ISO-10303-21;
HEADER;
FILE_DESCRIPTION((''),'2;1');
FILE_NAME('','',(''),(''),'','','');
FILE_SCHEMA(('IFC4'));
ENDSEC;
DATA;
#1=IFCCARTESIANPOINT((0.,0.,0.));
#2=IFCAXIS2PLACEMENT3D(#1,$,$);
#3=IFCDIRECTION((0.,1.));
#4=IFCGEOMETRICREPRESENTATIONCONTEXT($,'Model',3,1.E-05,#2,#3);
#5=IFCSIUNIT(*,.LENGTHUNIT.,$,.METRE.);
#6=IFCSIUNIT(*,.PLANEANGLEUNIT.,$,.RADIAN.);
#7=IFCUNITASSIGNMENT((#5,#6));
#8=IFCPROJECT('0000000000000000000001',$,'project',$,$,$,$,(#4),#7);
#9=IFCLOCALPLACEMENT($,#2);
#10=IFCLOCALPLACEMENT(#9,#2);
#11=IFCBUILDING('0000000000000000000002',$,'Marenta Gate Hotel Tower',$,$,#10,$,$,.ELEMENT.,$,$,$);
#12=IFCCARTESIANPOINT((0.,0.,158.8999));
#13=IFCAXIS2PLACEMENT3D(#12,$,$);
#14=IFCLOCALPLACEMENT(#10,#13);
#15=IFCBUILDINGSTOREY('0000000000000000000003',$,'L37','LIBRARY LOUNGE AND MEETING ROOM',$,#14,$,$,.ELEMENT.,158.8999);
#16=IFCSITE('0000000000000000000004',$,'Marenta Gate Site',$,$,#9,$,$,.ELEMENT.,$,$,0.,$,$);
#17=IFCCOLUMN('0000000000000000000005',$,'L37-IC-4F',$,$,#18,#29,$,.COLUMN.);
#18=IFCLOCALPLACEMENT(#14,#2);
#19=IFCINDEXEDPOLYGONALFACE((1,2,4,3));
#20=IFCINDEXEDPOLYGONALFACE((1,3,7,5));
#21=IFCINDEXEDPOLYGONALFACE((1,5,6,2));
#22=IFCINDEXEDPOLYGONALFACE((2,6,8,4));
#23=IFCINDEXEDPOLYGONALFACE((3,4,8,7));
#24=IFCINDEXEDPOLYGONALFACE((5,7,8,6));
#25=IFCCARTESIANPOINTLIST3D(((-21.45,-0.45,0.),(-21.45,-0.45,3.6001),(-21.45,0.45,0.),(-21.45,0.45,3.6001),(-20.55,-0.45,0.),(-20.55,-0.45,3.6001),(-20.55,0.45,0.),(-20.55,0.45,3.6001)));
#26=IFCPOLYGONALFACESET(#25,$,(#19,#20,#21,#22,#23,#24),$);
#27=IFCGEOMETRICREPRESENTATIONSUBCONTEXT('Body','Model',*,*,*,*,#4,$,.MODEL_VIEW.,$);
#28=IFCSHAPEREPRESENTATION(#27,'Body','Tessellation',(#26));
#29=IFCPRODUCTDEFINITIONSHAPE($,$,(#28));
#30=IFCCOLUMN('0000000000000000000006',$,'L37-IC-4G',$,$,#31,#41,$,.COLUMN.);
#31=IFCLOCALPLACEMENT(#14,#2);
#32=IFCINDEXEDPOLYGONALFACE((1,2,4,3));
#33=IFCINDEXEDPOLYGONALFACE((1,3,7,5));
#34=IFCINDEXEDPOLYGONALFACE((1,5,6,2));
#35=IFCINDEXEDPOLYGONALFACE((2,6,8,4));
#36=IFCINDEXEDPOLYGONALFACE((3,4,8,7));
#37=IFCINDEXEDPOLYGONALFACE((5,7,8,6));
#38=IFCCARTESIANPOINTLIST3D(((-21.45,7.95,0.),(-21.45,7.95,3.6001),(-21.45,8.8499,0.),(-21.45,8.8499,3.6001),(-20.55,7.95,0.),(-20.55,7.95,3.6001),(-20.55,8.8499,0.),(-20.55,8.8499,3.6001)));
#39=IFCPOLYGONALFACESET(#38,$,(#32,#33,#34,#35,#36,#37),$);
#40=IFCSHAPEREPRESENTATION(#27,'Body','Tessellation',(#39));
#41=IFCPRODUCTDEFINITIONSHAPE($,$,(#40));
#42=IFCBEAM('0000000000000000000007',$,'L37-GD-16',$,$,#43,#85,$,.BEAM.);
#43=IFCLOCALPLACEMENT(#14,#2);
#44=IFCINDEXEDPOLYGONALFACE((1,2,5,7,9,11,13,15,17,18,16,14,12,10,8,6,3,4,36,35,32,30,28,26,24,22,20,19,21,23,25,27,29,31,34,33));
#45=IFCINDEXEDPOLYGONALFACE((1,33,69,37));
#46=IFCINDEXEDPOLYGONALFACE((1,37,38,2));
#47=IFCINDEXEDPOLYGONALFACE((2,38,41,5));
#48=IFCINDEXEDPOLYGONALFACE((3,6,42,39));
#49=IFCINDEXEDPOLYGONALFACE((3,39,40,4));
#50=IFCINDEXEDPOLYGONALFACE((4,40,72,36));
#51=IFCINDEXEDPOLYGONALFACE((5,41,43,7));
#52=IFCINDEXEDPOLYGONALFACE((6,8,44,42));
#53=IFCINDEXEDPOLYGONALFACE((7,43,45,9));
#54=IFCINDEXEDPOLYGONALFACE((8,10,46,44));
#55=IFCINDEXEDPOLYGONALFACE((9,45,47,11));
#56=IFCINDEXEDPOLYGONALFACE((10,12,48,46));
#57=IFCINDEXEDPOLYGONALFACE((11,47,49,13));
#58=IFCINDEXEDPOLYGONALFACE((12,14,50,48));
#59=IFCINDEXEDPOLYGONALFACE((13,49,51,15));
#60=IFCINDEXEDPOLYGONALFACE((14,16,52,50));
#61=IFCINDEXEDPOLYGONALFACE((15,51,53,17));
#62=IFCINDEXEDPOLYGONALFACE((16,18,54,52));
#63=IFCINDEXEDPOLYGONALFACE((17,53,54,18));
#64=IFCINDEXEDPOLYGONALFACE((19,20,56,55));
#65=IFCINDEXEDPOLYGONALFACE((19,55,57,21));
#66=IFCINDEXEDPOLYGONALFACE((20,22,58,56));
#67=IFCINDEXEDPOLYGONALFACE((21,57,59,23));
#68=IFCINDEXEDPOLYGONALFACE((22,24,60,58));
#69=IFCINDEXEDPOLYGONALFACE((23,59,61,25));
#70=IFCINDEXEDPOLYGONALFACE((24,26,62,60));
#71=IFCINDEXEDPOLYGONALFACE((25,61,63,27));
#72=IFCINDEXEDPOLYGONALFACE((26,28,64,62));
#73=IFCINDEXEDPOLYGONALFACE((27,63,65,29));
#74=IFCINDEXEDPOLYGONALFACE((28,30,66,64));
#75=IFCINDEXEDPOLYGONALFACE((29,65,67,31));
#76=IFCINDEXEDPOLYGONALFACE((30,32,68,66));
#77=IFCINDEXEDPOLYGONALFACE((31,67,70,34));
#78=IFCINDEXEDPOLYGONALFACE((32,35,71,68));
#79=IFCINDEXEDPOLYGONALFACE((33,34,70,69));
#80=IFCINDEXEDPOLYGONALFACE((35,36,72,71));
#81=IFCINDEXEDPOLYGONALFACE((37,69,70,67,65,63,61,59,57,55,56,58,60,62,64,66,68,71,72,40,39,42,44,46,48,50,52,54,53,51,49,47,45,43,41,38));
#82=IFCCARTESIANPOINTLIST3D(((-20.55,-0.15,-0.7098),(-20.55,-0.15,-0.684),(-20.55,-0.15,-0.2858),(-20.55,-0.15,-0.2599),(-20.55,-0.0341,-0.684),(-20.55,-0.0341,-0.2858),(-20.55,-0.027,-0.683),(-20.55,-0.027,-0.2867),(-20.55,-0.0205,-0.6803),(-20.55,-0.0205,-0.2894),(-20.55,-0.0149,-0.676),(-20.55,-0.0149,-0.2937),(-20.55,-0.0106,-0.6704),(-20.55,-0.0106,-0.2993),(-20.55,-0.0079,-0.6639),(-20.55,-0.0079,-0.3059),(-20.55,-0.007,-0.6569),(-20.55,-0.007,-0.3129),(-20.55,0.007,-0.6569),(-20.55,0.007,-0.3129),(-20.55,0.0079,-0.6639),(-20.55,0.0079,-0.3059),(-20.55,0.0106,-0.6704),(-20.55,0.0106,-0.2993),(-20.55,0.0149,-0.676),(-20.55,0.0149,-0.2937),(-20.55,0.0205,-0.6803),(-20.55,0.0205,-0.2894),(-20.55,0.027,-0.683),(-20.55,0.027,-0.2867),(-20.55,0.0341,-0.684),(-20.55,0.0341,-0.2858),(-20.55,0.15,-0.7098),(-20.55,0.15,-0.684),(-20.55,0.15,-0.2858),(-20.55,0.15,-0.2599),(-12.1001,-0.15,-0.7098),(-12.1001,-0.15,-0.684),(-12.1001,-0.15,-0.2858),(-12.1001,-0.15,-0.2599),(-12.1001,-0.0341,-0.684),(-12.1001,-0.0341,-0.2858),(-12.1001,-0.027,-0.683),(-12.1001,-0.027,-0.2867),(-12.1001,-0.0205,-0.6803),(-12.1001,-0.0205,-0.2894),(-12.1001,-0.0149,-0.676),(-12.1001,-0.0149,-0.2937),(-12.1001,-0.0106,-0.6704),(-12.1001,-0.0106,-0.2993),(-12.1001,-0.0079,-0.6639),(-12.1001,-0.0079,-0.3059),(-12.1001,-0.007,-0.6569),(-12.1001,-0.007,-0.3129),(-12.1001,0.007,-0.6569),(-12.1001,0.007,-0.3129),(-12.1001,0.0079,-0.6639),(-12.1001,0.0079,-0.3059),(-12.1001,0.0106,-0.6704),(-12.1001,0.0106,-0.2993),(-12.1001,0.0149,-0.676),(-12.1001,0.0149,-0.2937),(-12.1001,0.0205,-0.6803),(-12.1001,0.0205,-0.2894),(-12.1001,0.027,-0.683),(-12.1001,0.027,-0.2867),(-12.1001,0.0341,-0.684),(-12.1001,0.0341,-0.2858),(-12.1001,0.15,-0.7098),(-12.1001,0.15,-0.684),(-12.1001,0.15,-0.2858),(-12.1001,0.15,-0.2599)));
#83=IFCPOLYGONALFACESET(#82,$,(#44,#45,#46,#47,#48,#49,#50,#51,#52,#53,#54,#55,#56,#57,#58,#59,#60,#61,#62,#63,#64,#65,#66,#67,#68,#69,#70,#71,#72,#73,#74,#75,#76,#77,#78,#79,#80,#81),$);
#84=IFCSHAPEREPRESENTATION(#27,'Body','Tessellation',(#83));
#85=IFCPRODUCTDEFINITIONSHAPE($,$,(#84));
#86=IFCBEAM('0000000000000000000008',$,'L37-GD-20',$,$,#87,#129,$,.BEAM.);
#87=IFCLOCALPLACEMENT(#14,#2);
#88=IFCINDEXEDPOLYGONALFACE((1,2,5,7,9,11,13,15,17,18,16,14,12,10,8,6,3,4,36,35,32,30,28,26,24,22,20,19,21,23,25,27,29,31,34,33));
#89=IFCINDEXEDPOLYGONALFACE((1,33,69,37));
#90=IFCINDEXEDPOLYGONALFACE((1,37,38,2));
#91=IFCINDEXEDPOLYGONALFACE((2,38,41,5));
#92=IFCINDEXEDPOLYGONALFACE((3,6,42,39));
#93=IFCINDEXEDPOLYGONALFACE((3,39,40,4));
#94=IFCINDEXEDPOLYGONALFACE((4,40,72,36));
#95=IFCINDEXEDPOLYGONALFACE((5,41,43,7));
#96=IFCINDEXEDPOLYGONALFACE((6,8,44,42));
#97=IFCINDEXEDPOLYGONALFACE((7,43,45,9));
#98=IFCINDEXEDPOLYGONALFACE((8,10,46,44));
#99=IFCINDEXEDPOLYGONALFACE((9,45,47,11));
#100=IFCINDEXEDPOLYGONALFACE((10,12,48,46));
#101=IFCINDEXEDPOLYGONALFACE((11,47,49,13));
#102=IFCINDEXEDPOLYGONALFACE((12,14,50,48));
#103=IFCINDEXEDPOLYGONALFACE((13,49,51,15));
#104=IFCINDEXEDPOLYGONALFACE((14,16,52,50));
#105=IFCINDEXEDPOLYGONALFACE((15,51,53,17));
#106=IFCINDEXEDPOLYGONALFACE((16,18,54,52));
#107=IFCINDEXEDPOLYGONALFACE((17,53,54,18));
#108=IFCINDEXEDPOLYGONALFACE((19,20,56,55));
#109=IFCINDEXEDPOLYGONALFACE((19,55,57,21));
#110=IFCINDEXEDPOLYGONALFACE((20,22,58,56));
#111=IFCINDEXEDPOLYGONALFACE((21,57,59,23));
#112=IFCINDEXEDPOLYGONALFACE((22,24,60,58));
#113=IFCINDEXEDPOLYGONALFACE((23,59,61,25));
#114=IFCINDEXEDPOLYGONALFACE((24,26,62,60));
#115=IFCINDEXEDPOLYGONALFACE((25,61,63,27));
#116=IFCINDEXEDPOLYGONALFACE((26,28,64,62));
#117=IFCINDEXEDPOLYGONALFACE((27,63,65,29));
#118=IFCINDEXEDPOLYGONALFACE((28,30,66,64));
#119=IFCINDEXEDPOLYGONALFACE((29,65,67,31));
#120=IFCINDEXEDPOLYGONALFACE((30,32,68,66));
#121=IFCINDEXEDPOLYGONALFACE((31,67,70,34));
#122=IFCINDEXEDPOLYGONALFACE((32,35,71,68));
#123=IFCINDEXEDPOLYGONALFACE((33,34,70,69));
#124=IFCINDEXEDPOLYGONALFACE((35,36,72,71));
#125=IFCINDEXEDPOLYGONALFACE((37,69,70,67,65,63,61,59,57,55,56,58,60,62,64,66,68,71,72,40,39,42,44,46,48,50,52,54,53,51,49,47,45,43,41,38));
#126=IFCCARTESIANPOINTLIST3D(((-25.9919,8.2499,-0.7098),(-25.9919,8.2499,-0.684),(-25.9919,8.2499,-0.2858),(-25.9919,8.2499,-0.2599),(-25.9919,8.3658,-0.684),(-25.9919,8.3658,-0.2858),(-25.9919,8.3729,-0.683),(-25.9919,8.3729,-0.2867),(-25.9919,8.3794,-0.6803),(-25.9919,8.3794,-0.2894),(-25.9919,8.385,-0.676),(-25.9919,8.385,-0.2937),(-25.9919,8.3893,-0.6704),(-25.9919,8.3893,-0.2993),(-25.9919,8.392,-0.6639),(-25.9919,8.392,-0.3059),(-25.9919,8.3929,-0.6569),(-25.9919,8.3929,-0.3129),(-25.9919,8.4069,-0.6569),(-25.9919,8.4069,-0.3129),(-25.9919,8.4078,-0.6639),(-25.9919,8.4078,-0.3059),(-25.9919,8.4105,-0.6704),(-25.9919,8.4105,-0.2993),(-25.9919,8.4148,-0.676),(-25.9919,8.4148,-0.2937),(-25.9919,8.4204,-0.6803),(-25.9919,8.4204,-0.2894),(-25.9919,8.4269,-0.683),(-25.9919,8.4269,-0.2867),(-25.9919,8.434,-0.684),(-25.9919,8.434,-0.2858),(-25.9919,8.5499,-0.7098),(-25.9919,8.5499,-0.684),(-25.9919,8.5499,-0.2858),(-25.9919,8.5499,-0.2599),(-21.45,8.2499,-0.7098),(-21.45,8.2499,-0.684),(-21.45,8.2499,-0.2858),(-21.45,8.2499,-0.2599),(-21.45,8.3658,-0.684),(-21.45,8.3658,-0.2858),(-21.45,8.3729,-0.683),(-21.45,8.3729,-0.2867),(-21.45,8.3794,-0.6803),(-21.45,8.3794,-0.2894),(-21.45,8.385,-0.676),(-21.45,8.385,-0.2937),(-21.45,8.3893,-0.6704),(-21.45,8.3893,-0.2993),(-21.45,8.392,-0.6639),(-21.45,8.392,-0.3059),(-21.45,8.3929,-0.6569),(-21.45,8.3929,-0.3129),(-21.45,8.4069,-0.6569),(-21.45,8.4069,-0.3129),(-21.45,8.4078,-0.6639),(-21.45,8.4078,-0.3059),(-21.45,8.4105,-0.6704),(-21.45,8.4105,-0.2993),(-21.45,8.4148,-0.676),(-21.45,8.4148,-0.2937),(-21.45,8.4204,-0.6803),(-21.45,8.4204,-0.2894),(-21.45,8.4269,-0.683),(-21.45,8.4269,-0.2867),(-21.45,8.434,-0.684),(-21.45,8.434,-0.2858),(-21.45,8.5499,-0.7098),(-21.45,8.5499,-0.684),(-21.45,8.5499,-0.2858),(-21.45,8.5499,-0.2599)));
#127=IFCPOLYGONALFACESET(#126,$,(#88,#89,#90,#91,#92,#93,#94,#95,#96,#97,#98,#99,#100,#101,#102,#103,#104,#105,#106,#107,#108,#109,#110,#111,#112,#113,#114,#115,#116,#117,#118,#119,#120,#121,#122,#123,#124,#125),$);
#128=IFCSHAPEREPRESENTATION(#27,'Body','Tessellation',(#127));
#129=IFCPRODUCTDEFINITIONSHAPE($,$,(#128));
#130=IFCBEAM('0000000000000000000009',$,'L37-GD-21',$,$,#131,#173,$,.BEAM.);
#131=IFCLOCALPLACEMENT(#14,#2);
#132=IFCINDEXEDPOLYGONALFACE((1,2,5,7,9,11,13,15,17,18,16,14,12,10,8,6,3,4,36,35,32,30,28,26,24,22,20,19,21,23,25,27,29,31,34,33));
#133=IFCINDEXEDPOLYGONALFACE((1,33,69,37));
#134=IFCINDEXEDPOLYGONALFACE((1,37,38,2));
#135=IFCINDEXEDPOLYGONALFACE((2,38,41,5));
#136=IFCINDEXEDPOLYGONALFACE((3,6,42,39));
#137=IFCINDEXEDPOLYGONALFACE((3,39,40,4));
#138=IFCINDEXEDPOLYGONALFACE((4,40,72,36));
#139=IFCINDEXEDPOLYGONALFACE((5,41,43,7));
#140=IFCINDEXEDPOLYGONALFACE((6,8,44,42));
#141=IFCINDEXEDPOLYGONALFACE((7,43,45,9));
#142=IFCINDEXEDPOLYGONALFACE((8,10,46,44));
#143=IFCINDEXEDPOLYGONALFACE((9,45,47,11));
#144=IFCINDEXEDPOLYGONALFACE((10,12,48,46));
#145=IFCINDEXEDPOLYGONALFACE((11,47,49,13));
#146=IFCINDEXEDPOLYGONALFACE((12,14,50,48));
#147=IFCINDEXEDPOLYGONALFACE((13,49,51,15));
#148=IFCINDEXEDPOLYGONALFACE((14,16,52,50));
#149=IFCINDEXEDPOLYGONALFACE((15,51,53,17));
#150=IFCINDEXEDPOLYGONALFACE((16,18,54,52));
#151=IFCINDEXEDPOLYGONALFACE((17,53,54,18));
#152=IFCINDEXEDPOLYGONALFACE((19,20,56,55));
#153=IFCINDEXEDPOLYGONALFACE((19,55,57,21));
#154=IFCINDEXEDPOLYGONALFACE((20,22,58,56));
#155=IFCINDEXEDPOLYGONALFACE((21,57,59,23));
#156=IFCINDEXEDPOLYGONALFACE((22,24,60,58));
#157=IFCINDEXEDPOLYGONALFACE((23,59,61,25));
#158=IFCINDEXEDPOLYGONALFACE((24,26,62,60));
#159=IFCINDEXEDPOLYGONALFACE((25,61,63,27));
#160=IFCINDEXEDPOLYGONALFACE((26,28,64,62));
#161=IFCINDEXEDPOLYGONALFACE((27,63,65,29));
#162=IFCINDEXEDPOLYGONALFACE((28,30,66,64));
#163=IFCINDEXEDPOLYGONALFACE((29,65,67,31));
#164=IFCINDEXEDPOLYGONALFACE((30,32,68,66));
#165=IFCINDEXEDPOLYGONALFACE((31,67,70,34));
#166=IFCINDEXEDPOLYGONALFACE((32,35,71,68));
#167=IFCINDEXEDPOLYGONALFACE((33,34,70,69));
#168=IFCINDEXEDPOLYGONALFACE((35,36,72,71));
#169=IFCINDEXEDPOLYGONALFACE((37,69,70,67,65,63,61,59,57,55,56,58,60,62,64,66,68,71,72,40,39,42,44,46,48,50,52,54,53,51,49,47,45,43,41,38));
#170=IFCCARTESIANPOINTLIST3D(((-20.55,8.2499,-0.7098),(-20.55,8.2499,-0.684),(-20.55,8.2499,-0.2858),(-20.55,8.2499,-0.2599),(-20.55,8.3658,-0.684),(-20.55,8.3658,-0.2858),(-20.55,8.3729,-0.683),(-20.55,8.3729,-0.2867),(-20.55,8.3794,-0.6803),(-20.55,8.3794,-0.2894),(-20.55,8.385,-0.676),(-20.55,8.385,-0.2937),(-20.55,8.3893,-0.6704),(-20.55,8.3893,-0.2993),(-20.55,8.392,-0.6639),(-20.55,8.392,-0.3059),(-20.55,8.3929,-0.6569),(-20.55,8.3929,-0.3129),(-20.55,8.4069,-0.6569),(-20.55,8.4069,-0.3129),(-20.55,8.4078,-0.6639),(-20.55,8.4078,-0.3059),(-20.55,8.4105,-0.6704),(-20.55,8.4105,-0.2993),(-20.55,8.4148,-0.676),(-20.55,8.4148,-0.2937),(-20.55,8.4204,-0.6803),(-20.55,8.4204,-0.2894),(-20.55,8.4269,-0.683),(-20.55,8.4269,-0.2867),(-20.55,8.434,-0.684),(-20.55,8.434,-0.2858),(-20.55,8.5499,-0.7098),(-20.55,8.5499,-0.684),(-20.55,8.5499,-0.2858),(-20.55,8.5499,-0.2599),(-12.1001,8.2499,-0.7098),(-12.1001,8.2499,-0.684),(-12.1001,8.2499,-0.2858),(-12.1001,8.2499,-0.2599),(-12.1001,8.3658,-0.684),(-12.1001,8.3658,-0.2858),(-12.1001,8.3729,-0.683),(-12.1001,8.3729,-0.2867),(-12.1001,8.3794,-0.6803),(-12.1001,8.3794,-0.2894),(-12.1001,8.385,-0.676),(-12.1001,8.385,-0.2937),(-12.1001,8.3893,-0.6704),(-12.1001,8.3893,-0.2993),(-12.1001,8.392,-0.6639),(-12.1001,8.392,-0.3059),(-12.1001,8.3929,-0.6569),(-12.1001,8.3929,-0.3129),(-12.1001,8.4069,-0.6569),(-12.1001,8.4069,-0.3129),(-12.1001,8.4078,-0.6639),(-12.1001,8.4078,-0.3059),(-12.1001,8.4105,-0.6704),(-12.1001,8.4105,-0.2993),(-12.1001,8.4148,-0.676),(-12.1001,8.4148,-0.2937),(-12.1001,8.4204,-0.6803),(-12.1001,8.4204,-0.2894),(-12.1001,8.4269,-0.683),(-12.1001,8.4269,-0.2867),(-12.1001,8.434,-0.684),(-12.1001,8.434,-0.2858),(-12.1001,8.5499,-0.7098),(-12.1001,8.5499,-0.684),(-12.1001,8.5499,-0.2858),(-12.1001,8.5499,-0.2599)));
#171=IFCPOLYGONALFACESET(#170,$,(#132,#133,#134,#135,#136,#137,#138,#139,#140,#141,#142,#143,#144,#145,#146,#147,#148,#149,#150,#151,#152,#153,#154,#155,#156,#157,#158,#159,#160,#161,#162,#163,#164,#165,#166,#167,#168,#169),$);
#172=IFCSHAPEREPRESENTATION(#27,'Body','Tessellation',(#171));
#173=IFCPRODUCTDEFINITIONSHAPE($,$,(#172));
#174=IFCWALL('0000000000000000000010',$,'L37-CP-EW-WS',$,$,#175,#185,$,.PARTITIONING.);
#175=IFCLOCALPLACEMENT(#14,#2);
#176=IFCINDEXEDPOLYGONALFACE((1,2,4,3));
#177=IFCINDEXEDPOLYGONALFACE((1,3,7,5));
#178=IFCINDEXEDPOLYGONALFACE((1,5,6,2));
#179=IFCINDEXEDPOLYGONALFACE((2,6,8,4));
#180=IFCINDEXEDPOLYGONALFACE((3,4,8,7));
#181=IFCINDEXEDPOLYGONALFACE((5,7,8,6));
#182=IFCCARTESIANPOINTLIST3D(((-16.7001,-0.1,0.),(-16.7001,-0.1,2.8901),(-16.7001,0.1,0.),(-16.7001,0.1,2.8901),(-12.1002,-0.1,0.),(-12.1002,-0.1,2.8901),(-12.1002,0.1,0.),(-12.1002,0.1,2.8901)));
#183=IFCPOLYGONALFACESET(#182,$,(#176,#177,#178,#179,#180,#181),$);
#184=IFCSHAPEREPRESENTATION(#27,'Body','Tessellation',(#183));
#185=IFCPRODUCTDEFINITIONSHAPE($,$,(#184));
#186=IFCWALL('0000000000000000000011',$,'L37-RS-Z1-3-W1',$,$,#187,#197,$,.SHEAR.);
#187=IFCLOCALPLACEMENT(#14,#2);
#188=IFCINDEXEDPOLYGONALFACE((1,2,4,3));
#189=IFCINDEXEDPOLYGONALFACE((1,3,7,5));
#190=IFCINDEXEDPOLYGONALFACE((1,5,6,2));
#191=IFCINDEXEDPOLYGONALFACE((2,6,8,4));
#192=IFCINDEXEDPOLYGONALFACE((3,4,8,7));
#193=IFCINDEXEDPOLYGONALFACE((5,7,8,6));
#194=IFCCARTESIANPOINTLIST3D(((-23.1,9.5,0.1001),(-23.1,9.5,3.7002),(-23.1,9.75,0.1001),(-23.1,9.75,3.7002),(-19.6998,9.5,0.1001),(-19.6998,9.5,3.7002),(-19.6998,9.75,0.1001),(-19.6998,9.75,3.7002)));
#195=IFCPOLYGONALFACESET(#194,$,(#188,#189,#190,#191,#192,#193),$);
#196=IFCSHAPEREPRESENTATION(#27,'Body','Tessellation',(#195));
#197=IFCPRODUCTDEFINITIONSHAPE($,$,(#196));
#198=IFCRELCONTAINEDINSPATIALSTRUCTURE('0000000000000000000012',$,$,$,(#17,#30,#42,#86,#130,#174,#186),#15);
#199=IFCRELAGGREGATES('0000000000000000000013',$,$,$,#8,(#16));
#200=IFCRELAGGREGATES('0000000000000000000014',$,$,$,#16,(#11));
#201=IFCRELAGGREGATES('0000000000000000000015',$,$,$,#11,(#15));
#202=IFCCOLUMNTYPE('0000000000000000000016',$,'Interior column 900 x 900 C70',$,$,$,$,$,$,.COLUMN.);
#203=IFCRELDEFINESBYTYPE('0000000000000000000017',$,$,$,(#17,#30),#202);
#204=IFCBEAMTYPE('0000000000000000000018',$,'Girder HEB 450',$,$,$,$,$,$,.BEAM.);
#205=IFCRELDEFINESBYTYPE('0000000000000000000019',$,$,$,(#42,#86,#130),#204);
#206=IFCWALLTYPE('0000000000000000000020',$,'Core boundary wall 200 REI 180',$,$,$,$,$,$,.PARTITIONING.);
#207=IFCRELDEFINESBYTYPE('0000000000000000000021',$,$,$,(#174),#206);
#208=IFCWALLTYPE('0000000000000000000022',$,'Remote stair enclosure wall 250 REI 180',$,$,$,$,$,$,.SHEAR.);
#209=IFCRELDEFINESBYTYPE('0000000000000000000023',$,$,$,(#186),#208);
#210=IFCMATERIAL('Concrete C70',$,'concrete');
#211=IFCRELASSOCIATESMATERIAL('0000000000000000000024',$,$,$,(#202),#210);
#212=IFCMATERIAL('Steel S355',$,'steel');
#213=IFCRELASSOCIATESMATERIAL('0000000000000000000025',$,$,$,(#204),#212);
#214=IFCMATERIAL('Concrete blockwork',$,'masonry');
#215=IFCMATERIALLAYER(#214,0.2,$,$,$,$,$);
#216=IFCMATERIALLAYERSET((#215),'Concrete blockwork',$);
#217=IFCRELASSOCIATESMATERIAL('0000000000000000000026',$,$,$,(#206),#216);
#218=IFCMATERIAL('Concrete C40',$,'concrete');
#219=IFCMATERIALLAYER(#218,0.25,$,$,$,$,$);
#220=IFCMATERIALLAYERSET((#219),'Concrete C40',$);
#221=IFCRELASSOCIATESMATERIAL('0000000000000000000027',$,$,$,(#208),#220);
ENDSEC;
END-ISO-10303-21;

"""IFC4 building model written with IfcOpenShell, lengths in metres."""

from ifc_helpers import new_model, si_unit, direction, frame, frame_2d, origin, origin_2d, place, context, subcontext, project, spatial, rectangle, i_section, extrude, material, layer, layer_set, material_profile, profile_set, type_object, element, save


model = new_model("IFC4")

# Units and contexts
model_context = context("Model", 3, precision=1e-05, world=origin(), true_north=direction((0.0, 1.0)))
body_context = subcontext(model_context, "Body", "Model", "MODEL_VIEW")
ifc_project = project(units=[si_unit("LENGTHUNIT", "METRE"), si_unit("PLANEANGLEUNIT", "RADIAN")], contexts=[model_context])

# Site, building, storey
site_placement = place(None, origin())
site = spatial("IfcSite", under=ifc_project, at=site_placement, Name="Marenta Gate Site", CompositionType="ELEMENT", RefElevation=0.0)
building_placement = place(site_placement, origin())
building = spatial("IfcBuilding", under=site, at=building_placement, Name="Marenta Gate Hotel Tower", CompositionType="ELEMENT")
storey_placement = place(building_placement, frame((0.0, 0.0, 158.8999)))
storey = spatial("IfcBuildingStorey", under=building, at=storey_placement, Name="L37", Description="LIBRARY LOUNGE AND MEETING ROOM", CompositionType="ELEMENT", Elevation=158.8999)

# Columns
ifc_material_1 = material(Name="Concrete C70", Category="concrete")
ifc_material_profile_1 = material_profile(ifc_material_1, rectangle(XDim=0.8999, YDim=0.8999, at=origin_2d()), Name="900 x 900")
ifc_profile_set_1 = profile_set([ifc_material_profile_1], Name="Concrete C70")
column_type = type_object("IfcColumnType", Name="Interior column 900 x 900 C70", PredefinedType="COLUMN", material=ifc_profile_set_1)
for number, where, z_axis, x_axis, name in (
    (1, (-21.0, 0.0, 0.0), (0.0, 0.0, 1.0), (1.0, 0.0, 0.0), "L37-IC-4F"),
    (2, (-21.0, 8.3999, 0.0), (0.0, 0.0, 1.0), (1.0, 0.0, 0.0), "L37-IC-4G"),
):
    element("IfcColumn", number, at=place(storey_placement, frame(where, z_axis=z_axis, x_axis=x_axis)), inside=storey, type_object=column_type, Name=name, PredefinedType="COLUMN", context=body_context, shape_type="SweptSolid", body=[
        extrude(rectangle(XDim=0.8999, YDim=0.8999, at=origin_2d()), origin(), (0.0, 0.0, 1.0), 3.6001),
    ])

# Beams
ifc_material_2 = material(Name="Steel S355", Category="steel")
ifc_material_profile_2 = material_profile(ifc_material_2, i_section(OverallWidth=0.3, OverallDepth=0.45, WebThickness=0.0139, FlangeThickness=0.0259, FilletRadius=0.0271, at=origin_2d()), Name="HEB 450")
ifc_profile_set_2 = profile_set([ifc_material_profile_2], Name="Steel S355")
beam_type = type_object("IfcBeamType", Name="Girder HEB 450", PredefinedType="BEAM", material=ifc_profile_set_2)
beam_1_placement = place(storey_placement, frame((-20.55, 0.0, -0.4849), z_axis=(1.0, 0.0, 0.0), x_axis=(0.0, 1.0, 0.0)))
element("IfcBeam", 3, at=beam_1_placement, inside=storey, type_object=beam_type, Name="L37-GD-16", PredefinedType="BEAM", context=body_context, shape_type="SweptSolid", body=[
    extrude(i_section(OverallWidth=0.3, OverallDepth=0.45, WebThickness=0.0139, FlangeThickness=0.0259, FilletRadius=0.0271, at=origin_2d()), origin(), (0.0, 0.0, 1.0), 8.45),
])
beam_2_placement = place(storey_placement, frame((-25.9919, 8.3999, -0.4849), z_axis=(1.0, 0.0, 0.0), x_axis=(0.0, 1.0, 0.0)))
element("IfcBeam", 4, at=beam_2_placement, inside=storey, type_object=beam_type, Name="L37-GD-20", PredefinedType="BEAM", context=body_context, shape_type="SweptSolid", body=[
    extrude(i_section(OverallWidth=0.3, OverallDepth=0.45, WebThickness=0.0139, FlangeThickness=0.0259, FilletRadius=0.0271, at=origin_2d()), origin(), (0.0, 0.0, 1.0), 4.542),
])
beam_3_placement = place(storey_placement, frame((-20.55, 8.3999, -0.4849), z_axis=(1.0, 0.0, 0.0), x_axis=(0.0, 1.0, 0.0)))
element("IfcBeam", 5, at=beam_3_placement, inside=storey, type_object=beam_type, Name="L37-GD-21", PredefinedType="BEAM", context=body_context, shape_type="SweptSolid", body=[
    extrude(i_section(OverallWidth=0.3, OverallDepth=0.45, WebThickness=0.0139, FlangeThickness=0.0259, FilletRadius=0.0271, at=origin_2d()), origin(), (0.0, 0.0, 1.0), 8.45),
])

# Walls
ifc_material_3 = material(Name="Concrete blockwork", Category="masonry")
ifc_layer_1 = layer(ifc_material_3, 0.2)
ifc_layer_set_1 = layer_set([ifc_layer_1], Name="Concrete blockwork")
wall_type_1 = type_object("IfcWallType", Name="Core boundary wall 200 REI 180", PredefinedType="PARTITIONING", material=ifc_layer_set_1)
wall_1_placement = place(storey_placement, frame((-16.7, 0.0, 0.0), z_axis=(0.0, 0.0, 1.0), x_axis=(1.0, 0.0, 0.0)))
element("IfcWall", 6, at=wall_1_placement, inside=storey, type_object=wall_type_1, Name="L37-CP-EW-WS", PredefinedType="PARTITIONING", context=body_context, shape_type="SweptSolid", body=[
    extrude(rectangle(XDim=4.5999, YDim=0.2, at=frame_2d((2.2998, 0.0))), origin(), (0.0, 0.0, 1.0), 2.8901),
])
ifc_material_4 = material(Name="Concrete C40", Category="concrete")
ifc_layer_2 = layer(ifc_material_4, 0.25)
ifc_layer_set_2 = layer_set([ifc_layer_2], Name="Concrete C40")
wall_type_2 = type_object("IfcWallType", Name="Remote stair enclosure wall 250 REI 180", PredefinedType="SHEAR", material=ifc_layer_set_2)
wall_2_placement = place(storey_placement, frame((-23.1001, 9.625, 0.1001), z_axis=(0.0, 0.0, 1.0), x_axis=(1.0, 0.0, 0.0)))
element("IfcWall", 7, at=wall_2_placement, inside=storey, type_object=wall_type_2, Name="L37-RS-Z1-3-W1", PredefinedType="SHEAR", context=body_context, shape_type="SweptSolid", body=[
    extrude(rectangle(XDim=3.4001, YDim=0.25, at=frame_2d((1.7002, 0.0))), origin(), (0.0, 0.0, 1.0), 3.6001),
])

save(model, "model.ifc")
